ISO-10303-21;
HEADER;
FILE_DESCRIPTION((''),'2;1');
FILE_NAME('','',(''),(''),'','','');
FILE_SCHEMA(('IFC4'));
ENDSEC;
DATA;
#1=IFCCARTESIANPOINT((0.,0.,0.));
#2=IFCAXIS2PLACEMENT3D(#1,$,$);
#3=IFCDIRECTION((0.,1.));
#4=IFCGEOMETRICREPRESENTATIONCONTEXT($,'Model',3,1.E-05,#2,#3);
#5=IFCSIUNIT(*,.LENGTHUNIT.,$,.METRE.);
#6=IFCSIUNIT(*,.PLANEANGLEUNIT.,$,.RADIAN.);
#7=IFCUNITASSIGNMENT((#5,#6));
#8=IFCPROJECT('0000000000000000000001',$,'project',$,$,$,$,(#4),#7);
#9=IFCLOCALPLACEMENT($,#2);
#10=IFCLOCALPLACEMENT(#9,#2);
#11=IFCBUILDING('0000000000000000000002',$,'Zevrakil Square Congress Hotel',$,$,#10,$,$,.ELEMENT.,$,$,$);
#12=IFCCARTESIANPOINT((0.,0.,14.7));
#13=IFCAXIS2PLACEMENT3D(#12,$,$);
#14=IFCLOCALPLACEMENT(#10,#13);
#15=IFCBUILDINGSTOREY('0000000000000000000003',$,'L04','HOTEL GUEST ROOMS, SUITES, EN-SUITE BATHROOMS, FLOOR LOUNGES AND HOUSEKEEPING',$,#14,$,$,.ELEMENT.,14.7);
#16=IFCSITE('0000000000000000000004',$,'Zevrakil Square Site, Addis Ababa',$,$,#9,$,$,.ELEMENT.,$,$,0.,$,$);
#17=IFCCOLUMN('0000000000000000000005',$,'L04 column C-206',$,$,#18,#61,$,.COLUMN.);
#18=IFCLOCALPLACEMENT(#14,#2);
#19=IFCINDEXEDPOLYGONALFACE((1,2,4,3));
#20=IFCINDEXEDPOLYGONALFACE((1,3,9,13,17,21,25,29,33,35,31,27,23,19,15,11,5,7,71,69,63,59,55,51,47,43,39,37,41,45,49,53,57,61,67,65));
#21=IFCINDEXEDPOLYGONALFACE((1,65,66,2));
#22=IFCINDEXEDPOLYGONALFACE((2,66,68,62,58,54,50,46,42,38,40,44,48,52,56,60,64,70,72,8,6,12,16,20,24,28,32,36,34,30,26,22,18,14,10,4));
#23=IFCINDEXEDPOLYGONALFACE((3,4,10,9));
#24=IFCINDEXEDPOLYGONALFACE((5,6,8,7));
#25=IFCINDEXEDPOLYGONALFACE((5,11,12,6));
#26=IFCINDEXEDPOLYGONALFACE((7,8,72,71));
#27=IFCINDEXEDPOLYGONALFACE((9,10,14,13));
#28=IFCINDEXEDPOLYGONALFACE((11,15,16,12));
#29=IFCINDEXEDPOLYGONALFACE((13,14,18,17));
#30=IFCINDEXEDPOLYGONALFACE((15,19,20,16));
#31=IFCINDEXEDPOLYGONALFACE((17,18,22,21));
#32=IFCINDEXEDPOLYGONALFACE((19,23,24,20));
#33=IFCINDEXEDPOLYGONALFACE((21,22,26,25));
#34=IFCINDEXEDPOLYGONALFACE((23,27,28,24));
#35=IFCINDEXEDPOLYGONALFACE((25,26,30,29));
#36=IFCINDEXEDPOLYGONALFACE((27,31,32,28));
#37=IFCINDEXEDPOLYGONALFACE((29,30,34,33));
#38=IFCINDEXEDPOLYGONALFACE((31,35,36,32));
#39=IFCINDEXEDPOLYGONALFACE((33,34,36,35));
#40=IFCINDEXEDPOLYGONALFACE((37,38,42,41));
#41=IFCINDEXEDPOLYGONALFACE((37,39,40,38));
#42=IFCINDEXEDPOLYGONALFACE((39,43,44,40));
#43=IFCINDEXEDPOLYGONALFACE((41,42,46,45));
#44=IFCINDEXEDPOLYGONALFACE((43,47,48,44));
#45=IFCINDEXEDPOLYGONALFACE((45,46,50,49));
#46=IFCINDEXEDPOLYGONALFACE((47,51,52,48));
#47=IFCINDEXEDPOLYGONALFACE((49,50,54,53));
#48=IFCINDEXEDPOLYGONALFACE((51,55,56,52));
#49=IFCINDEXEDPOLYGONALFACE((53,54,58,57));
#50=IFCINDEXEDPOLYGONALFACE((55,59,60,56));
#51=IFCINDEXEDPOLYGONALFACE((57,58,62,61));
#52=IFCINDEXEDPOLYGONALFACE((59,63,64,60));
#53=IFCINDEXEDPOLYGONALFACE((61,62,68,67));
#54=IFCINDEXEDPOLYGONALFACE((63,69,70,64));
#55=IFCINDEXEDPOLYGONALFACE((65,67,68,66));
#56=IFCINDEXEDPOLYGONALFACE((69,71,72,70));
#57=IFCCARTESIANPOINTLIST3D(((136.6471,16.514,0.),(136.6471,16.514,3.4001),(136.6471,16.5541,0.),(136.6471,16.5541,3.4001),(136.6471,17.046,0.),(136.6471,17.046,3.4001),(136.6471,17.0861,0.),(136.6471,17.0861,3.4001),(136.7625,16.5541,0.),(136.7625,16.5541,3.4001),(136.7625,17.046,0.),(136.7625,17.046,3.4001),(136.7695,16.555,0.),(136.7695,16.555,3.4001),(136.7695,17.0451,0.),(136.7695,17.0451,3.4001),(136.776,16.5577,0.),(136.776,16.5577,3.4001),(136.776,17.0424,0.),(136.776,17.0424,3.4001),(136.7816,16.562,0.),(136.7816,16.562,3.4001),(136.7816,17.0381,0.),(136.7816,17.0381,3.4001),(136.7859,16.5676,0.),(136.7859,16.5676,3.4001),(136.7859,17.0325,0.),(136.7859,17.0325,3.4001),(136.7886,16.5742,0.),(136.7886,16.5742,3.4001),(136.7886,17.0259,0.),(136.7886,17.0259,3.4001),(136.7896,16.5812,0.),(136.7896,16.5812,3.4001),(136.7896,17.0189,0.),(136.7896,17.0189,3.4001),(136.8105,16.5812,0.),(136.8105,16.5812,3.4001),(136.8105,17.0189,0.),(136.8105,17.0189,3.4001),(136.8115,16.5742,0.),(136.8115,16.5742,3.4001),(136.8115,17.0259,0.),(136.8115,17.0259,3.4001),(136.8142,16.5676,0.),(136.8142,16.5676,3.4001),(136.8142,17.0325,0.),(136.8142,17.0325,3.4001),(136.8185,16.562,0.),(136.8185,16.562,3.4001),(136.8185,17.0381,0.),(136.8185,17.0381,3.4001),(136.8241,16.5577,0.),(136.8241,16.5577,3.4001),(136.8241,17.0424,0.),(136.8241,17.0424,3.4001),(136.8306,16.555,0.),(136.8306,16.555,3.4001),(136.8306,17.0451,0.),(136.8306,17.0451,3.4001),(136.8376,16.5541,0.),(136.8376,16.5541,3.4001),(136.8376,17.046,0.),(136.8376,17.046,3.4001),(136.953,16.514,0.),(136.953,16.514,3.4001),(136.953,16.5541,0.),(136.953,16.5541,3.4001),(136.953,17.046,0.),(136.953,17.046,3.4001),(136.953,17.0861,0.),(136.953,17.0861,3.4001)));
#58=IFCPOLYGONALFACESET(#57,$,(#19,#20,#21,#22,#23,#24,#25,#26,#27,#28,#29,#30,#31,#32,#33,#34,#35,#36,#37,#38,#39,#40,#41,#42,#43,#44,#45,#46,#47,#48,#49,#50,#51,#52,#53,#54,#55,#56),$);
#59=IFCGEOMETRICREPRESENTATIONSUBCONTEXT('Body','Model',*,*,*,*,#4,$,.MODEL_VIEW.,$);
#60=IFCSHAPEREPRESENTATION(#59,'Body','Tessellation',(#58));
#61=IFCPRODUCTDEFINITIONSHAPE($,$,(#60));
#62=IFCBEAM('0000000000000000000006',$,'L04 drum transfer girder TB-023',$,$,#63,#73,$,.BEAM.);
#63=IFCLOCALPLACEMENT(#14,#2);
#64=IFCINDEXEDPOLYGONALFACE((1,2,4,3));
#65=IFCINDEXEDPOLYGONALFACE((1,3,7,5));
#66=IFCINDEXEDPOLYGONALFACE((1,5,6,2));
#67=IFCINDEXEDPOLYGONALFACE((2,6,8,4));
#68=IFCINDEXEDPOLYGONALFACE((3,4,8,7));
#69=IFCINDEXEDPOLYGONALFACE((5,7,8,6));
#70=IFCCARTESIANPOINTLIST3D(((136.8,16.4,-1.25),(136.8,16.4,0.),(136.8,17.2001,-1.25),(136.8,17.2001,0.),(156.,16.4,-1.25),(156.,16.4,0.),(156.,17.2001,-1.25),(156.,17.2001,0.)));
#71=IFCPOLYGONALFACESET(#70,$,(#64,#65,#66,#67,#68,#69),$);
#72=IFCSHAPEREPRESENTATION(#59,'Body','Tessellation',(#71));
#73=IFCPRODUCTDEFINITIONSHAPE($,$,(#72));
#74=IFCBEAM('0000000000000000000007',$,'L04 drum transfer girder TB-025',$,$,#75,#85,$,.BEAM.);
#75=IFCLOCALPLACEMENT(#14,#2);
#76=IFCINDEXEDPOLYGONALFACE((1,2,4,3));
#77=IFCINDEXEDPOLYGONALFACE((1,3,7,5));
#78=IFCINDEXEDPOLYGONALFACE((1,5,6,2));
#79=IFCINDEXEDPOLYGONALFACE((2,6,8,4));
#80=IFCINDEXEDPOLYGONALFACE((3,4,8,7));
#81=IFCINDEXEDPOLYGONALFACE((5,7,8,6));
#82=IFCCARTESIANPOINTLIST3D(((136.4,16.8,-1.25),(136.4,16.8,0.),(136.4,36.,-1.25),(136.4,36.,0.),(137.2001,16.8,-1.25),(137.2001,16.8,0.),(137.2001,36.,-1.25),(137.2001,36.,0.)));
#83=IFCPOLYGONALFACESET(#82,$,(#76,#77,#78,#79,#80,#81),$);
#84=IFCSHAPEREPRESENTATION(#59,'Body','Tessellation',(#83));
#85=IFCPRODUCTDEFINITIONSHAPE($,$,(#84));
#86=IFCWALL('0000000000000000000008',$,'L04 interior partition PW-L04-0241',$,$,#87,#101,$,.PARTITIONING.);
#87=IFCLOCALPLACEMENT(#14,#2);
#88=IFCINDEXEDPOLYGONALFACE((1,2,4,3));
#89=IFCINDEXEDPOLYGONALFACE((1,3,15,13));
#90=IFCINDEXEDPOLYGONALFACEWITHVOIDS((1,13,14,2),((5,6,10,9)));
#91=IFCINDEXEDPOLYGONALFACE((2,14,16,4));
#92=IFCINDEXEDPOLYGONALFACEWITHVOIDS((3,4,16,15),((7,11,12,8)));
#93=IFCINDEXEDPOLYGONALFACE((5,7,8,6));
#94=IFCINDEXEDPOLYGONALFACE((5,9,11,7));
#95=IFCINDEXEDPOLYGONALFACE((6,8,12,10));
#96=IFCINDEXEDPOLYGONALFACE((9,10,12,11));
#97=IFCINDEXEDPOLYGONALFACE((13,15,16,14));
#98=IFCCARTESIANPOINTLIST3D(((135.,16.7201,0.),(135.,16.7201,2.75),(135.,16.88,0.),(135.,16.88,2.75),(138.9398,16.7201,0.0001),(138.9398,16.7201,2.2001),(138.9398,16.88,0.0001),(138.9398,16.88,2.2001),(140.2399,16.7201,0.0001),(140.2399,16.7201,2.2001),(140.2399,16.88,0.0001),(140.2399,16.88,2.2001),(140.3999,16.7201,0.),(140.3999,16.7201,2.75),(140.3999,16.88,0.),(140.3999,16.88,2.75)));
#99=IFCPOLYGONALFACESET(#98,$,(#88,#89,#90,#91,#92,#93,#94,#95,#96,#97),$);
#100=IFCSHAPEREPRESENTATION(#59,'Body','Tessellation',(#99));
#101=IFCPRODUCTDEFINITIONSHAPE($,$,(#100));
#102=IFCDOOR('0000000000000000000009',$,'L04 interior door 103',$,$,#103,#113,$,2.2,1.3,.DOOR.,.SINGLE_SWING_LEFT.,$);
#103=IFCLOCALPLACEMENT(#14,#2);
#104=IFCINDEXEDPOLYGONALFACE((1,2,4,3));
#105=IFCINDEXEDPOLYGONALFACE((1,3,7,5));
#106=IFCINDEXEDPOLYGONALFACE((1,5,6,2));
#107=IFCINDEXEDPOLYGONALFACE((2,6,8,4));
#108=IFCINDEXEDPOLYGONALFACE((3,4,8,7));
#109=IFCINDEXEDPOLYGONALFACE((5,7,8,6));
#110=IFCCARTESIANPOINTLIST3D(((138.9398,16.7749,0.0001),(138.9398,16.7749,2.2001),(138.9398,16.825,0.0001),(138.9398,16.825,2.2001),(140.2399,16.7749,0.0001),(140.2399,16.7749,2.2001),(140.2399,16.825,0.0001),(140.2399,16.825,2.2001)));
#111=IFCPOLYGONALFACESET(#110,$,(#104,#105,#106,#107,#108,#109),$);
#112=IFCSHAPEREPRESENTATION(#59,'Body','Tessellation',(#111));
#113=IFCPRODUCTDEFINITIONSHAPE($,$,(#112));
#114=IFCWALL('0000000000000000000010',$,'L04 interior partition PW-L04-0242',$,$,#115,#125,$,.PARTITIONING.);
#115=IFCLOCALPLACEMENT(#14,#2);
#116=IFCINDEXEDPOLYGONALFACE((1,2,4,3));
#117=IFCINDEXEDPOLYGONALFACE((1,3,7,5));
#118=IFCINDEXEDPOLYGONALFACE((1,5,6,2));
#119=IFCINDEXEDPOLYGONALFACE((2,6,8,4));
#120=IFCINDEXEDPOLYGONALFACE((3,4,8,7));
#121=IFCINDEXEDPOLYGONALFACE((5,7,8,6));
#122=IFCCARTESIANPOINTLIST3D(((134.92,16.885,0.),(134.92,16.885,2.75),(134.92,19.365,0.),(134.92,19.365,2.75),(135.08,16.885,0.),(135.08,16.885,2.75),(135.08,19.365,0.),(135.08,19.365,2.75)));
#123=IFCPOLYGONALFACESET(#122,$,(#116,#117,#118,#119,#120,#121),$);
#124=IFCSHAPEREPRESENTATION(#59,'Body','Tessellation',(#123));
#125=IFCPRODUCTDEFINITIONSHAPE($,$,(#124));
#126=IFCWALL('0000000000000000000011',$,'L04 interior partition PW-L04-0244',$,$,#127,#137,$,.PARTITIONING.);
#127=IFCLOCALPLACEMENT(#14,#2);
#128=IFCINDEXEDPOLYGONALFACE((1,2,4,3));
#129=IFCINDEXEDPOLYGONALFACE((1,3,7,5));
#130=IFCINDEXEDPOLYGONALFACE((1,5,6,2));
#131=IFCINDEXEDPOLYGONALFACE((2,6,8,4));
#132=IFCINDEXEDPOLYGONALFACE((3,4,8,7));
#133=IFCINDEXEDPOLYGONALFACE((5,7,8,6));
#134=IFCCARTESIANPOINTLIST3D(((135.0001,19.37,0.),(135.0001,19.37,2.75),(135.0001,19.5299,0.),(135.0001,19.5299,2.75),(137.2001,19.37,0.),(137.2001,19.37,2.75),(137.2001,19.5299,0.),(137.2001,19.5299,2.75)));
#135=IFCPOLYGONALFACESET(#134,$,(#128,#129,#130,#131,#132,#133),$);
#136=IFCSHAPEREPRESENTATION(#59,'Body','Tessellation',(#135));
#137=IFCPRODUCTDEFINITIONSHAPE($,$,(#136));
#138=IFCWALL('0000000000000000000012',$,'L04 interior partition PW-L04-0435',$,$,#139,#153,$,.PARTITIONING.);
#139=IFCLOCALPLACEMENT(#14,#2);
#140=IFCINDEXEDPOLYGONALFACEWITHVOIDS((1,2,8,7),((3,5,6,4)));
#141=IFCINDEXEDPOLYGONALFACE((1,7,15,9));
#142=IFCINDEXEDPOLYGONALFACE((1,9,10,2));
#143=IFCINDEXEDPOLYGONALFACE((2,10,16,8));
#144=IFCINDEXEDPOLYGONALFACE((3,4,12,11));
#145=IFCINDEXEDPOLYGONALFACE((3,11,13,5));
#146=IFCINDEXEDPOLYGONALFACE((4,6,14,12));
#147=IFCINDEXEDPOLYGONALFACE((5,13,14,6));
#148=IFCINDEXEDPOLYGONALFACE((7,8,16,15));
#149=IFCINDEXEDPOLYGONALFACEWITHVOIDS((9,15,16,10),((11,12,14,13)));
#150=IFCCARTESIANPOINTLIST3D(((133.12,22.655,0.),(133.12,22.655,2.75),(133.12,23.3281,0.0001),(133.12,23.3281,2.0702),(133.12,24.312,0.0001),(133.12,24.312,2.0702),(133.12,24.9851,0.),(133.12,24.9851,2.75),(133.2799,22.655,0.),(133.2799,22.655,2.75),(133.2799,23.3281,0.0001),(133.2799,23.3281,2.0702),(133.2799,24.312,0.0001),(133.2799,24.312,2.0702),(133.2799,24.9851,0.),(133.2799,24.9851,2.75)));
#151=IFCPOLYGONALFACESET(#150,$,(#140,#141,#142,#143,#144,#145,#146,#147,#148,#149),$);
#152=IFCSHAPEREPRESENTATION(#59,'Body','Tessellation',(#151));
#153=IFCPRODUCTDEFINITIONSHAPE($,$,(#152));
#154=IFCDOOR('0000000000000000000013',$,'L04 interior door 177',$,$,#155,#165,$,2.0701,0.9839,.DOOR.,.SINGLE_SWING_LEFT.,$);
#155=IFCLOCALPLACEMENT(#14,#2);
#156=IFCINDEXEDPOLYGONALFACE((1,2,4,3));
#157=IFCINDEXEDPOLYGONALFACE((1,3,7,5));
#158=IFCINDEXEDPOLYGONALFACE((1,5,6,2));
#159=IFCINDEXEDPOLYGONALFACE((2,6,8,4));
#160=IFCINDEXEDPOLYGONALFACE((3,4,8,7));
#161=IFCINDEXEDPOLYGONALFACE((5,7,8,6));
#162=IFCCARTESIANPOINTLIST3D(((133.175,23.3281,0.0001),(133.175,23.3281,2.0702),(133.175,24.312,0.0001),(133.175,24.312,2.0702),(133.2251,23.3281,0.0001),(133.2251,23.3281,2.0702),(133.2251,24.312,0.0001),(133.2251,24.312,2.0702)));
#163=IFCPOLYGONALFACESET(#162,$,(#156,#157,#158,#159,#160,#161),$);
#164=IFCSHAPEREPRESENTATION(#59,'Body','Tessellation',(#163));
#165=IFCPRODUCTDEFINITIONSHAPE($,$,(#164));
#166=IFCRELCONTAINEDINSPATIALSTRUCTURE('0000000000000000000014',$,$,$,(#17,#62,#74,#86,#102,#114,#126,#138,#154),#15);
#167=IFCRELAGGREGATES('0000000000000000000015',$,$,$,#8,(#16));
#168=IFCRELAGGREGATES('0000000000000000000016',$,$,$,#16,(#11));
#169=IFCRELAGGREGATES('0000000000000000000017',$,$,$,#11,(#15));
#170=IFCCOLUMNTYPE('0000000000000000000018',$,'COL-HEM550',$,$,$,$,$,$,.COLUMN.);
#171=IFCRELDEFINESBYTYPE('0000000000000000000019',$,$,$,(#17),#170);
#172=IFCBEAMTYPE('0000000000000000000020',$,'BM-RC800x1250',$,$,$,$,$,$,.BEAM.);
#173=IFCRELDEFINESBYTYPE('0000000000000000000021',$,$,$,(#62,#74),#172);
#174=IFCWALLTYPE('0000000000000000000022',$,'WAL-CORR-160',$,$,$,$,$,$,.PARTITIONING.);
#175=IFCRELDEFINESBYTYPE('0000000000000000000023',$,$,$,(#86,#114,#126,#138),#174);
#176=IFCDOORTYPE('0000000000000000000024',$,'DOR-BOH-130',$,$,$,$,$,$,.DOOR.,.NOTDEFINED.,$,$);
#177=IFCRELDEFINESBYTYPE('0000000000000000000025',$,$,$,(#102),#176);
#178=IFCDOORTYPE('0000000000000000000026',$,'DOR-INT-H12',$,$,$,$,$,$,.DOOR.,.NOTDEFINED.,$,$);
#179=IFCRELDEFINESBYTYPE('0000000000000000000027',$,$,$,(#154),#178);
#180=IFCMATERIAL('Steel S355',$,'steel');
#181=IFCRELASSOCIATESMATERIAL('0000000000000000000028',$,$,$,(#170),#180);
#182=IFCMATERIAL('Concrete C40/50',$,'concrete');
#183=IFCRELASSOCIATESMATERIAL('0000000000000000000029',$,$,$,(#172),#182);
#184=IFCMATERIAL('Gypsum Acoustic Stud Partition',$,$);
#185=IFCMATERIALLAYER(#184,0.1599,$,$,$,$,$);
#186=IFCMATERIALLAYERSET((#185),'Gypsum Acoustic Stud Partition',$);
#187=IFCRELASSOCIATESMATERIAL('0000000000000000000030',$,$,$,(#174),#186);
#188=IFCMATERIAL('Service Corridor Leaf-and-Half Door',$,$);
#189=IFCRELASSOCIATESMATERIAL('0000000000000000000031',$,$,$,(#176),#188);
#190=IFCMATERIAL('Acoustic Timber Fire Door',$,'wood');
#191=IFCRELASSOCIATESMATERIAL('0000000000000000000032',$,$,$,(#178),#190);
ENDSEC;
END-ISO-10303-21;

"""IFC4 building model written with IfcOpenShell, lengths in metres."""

from ifc_helpers import new_model, si_unit, direction, frame, frame_2d, origin, origin_2d, place, context, subcontext, project, spatial, rectangle, i_section, extrude, material, layer, layer_set, material_profile, profile_set, type_object, element, fill, save


model = new_model("IFC4")

# Units and contexts
model_context = context("Model", 3, precision=1e-05, world=origin(), true_north=direction((0.0, 1.0)))
body_context = subcontext(model_context, "Body", "Model", "MODEL_VIEW")
ifc_project = project(units=[si_unit("LENGTHUNIT", "METRE"), si_unit("PLANEANGLEUNIT", "RADIAN")], contexts=[model_context])

# Site, building, storey
site_placement = place(None, origin())
site = spatial("IfcSite", under=ifc_project, at=site_placement, Name="Zevrakil Square Site, Addis Ababa", CompositionType="ELEMENT", RefElevation=0.0)
building_placement = place(site_placement, origin())
building = spatial("IfcBuilding", under=site, at=building_placement, Name="Zevrakil Square Congress Hotel", CompositionType="ELEMENT")
storey_placement = place(building_placement, frame((0.0, 0.0, 14.7)))
storey = spatial("IfcBuildingStorey", under=building, at=storey_placement, Name="L04", Description="HOTEL GUEST ROOMS, SUITES, EN-SUITE BATHROOMS, FLOOR LOUNGES AND HOUSEKEEPING", CompositionType="ELEMENT", Elevation=14.7)

# Column
ifc_material_1 = material(Name="Steel S355", Category="steel")
ifc_material_profile_1 = material_profile(ifc_material_1, i_section(OverallWidth=0.3059, OverallDepth=0.572, WebThickness=0.021, FlangeThickness=0.04, FilletRadius=0.0271, at=origin_2d()), Name="HEM 550")
ifc_profile_set_1 = profile_set([ifc_material_profile_1], Name="Steel S355")
column_type = type_object("IfcColumnType", Name="COL-HEM550", PredefinedType="COLUMN", material=ifc_profile_set_1)
column_placement = place(storey_placement, frame((136.8, 16.8, 0.0), z_axis=(0.0, 0.0, 1.0), x_axis=(1.0, 0.0, 0.0)))
element("IfcColumn", 1, at=column_placement, inside=storey, type_object=column_type, Name="L04 column C-206", PredefinedType="COLUMN", context=body_context, shape_type="SweptSolid", body=[
    extrude(i_section(OverallWidth=0.3059, OverallDepth=0.572, WebThickness=0.021, FlangeThickness=0.04, FilletRadius=0.0271, at=origin_2d()), origin(), (0.0, 0.0, 1.0), 3.4001),
])

# Beams
ifc_material_2 = material(Name="Concrete C40/50", Category="concrete")
ifc_material_profile_2 = material_profile(ifc_material_2, rectangle(XDim=0.8, YDim=1.25, at=origin_2d()), Name="RC 800x1250")
ifc_profile_set_2 = profile_set([ifc_material_profile_2], Name="Concrete C40/50")
beam_type = type_object("IfcBeamType", Name="BM-RC800x1250", PredefinedType="BEAM", material=ifc_profile_set_2)
for number, where, z_axis, x_axis, name in (
    (2, (136.8, 16.8, -0.625), (1.0, 0.0, 0.0), (0.0, 1.0, 0.0), "L04 drum transfer girder TB-023"),
    (3, (136.8, 16.8, -0.625), (0.0, 1.0, 0.0), (-1.0, 0.0, 0.0), "L04 drum transfer girder TB-025"),
):
    element("IfcBeam", number, at=place(storey_placement, frame(where, z_axis=z_axis, x_axis=x_axis)), inside=storey, type_object=beam_type, Name=name, PredefinedType="BEAM", context=body_context, shape_type="SweptSolid", body=[
        extrude(rectangle(XDim=0.8, YDim=1.25, at=origin_2d()), origin(), (0.0, 0.0, 1.0), 19.2),
    ])

# Wall, opening, door
ifc_material_3 = material(Name="Gypsum Acoustic Stud Partition")
ifc_layer_1 = layer(ifc_material_3, 0.1599)
ifc_layer_set_1 = layer_set([ifc_layer_1], Name="Gypsum Acoustic Stud Partition")
wall_type_1 = type_object("IfcWallType", Name="WAL-CORR-160", PredefinedType="PARTITIONING", material=ifc_layer_set_1)
wall_1_placement = place(storey_placement, frame((135.0, 16.8, 0.0), z_axis=(0.0, 0.0, 1.0), x_axis=(1.0, 0.0, 0.0)))
wall_1 = element("IfcWall", 4, at=wall_1_placement, inside=storey, type_object=wall_type_1, Name="L04 interior partition PW-L04-0241", PredefinedType="PARTITIONING", context=body_context, shape_type="SweptSolid", body=[
    extrude(rectangle(XDim=5.3999, YDim=0.1599, at=frame_2d((2.7, 0.0))), origin(), (0.0, 0.0, 1.0), 2.75),
])
opening_1_placement = place(wall_1_placement, frame((3.9399, 0.0, 0.0)))
opening_1 = element("IfcOpeningElement", 5, at=opening_1_placement, cuts=wall_1, PredefinedType="OPENING", context=body_context, shape_type="SweptSolid", body=[
    extrude(rectangle(XDim=1.3, YDim=2.2, at=frame_2d((0.6499, 1.1001))), frame((0.0, 0.0898, 0.0), z_axis=(0.0, -1.0, 0.0), x_axis=(1.0, 0.0, 0.0)), (0.0, 0.0, 1.0), 0.1799),
])
ifc_material_4 = material(Name="Service Corridor Leaf-and-Half Door")
door_type_1 = type_object("IfcDoorType", Name="DOR-BOH-130", OperationType="NOTDEFINED", PredefinedType="DOOR", material=ifc_material_4)
door_1_placement = place(opening_1_placement, origin())
door_1 = element("IfcDoor", 6, at=door_1_placement, inside=storey, type_object=door_type_1, Name="L04 interior door 103", OperationType="SINGLE_SWING_LEFT", OverallHeight=2.2, OverallWidth=1.3, PredefinedType="DOOR", context=body_context, shape_type="SweptSolid", body=[
    extrude(rectangle(XDim=1.3, YDim=2.2, at=frame_2d((0.6499, 1.1001))), frame((0.0, 0.0249, 0.0), z_axis=(0.0, -1.0, 0.0), x_axis=(1.0, 0.0, 0.0)), (0.0, 0.0, 1.0), 0.05),
])
fill(opening_1, door_1)

# Walls
wall_2_placement = place(storey_placement, frame((135.0, 16.885, 0.0), z_axis=(0.0, 0.0, 1.0), x_axis=(0.0, 1.0, 0.0)))
element("IfcWall", 7, at=wall_2_placement, inside=storey, type_object=wall_type_1, Name="L04 interior partition PW-L04-0242", PredefinedType="PARTITIONING", context=body_context, shape_type="SweptSolid", body=[
    extrude(rectangle(XDim=2.48, YDim=0.1599, at=frame_2d((1.24, 0.0))), origin(), (0.0, 0.0, 1.0), 2.75),
])
wall_3_placement = place(storey_placement, frame((135.0, 19.45, 0.0), z_axis=(0.0, 0.0, 1.0), x_axis=(1.0, 0.0, 0.0)))
element("IfcWall", 8, at=wall_3_placement, inside=storey, type_object=wall_type_1, Name="L04 interior partition PW-L04-0244", PredefinedType="PARTITIONING", context=body_context, shape_type="SweptSolid", body=[
    extrude(rectangle(XDim=2.2, YDim=0.1599, at=frame_2d((1.1001, 0.0))), origin(), (0.0, 0.0, 1.0), 2.75),
])

# Wall, opening, door
wall_4_placement = place(storey_placement, frame((133.2, 22.655, 0.0), z_axis=(0.0, 0.0, 1.0), x_axis=(0.0, 1.0, 0.0)))
wall_4 = element("IfcWall", 9, at=wall_4_placement, inside=storey, type_object=wall_type_1, Name="L04 interior partition PW-L04-0435", PredefinedType="PARTITIONING", context=body_context, shape_type="SweptSolid", body=[
    extrude(rectangle(XDim=2.3301, YDim=0.1599, at=frame_2d((1.165, 0.0))), origin(), (0.0, 0.0, 1.0), 2.75),
])
opening_2_placement = place(wall_4_placement, frame((0.6731, 0.0, 0.0)))
opening_2 = element("IfcOpeningElement", 10, at=opening_2_placement, cuts=wall_4, PredefinedType="OPENING", context=body_context, shape_type="SweptSolid", body=[
    extrude(rectangle(XDim=0.9839, YDim=2.0701, at=frame_2d((0.4919, 1.0352))), frame((0.0, 0.0898, 0.0), z_axis=(0.0, -1.0, 0.0), x_axis=(1.0, 0.0, 0.0)), (0.0, 0.0, 1.0), 0.1799),
])
ifc_material_5 = material(Name="Acoustic Timber Fire Door", Category="wood")
door_type_2 = type_object("IfcDoorType", Name="DOR-INT-H12", OperationType="NOTDEFINED", PredefinedType="DOOR", material=ifc_material_5)
door_2_placement = place(opening_2_placement, origin())
door_2 = element("IfcDoor", 11, at=door_2_placement, inside=storey, type_object=door_type_2, Name="L04 interior door 177", OperationType="SINGLE_SWING_LEFT", OverallHeight=2.0701, OverallWidth=0.9839, PredefinedType="DOOR", context=body_context, shape_type="SweptSolid", body=[
    extrude(rectangle(XDim=0.9839, YDim=2.0701, at=frame_2d((0.4919, 1.0352))), frame((0.0, 0.0249, 0.0), z_axis=(0.0, -1.0, 0.0), x_axis=(1.0, 0.0, 0.0)), (0.0, 0.0, 1.0), 0.05),
])
fill(opening_2, door_2)

save(model, "model.ifc")
